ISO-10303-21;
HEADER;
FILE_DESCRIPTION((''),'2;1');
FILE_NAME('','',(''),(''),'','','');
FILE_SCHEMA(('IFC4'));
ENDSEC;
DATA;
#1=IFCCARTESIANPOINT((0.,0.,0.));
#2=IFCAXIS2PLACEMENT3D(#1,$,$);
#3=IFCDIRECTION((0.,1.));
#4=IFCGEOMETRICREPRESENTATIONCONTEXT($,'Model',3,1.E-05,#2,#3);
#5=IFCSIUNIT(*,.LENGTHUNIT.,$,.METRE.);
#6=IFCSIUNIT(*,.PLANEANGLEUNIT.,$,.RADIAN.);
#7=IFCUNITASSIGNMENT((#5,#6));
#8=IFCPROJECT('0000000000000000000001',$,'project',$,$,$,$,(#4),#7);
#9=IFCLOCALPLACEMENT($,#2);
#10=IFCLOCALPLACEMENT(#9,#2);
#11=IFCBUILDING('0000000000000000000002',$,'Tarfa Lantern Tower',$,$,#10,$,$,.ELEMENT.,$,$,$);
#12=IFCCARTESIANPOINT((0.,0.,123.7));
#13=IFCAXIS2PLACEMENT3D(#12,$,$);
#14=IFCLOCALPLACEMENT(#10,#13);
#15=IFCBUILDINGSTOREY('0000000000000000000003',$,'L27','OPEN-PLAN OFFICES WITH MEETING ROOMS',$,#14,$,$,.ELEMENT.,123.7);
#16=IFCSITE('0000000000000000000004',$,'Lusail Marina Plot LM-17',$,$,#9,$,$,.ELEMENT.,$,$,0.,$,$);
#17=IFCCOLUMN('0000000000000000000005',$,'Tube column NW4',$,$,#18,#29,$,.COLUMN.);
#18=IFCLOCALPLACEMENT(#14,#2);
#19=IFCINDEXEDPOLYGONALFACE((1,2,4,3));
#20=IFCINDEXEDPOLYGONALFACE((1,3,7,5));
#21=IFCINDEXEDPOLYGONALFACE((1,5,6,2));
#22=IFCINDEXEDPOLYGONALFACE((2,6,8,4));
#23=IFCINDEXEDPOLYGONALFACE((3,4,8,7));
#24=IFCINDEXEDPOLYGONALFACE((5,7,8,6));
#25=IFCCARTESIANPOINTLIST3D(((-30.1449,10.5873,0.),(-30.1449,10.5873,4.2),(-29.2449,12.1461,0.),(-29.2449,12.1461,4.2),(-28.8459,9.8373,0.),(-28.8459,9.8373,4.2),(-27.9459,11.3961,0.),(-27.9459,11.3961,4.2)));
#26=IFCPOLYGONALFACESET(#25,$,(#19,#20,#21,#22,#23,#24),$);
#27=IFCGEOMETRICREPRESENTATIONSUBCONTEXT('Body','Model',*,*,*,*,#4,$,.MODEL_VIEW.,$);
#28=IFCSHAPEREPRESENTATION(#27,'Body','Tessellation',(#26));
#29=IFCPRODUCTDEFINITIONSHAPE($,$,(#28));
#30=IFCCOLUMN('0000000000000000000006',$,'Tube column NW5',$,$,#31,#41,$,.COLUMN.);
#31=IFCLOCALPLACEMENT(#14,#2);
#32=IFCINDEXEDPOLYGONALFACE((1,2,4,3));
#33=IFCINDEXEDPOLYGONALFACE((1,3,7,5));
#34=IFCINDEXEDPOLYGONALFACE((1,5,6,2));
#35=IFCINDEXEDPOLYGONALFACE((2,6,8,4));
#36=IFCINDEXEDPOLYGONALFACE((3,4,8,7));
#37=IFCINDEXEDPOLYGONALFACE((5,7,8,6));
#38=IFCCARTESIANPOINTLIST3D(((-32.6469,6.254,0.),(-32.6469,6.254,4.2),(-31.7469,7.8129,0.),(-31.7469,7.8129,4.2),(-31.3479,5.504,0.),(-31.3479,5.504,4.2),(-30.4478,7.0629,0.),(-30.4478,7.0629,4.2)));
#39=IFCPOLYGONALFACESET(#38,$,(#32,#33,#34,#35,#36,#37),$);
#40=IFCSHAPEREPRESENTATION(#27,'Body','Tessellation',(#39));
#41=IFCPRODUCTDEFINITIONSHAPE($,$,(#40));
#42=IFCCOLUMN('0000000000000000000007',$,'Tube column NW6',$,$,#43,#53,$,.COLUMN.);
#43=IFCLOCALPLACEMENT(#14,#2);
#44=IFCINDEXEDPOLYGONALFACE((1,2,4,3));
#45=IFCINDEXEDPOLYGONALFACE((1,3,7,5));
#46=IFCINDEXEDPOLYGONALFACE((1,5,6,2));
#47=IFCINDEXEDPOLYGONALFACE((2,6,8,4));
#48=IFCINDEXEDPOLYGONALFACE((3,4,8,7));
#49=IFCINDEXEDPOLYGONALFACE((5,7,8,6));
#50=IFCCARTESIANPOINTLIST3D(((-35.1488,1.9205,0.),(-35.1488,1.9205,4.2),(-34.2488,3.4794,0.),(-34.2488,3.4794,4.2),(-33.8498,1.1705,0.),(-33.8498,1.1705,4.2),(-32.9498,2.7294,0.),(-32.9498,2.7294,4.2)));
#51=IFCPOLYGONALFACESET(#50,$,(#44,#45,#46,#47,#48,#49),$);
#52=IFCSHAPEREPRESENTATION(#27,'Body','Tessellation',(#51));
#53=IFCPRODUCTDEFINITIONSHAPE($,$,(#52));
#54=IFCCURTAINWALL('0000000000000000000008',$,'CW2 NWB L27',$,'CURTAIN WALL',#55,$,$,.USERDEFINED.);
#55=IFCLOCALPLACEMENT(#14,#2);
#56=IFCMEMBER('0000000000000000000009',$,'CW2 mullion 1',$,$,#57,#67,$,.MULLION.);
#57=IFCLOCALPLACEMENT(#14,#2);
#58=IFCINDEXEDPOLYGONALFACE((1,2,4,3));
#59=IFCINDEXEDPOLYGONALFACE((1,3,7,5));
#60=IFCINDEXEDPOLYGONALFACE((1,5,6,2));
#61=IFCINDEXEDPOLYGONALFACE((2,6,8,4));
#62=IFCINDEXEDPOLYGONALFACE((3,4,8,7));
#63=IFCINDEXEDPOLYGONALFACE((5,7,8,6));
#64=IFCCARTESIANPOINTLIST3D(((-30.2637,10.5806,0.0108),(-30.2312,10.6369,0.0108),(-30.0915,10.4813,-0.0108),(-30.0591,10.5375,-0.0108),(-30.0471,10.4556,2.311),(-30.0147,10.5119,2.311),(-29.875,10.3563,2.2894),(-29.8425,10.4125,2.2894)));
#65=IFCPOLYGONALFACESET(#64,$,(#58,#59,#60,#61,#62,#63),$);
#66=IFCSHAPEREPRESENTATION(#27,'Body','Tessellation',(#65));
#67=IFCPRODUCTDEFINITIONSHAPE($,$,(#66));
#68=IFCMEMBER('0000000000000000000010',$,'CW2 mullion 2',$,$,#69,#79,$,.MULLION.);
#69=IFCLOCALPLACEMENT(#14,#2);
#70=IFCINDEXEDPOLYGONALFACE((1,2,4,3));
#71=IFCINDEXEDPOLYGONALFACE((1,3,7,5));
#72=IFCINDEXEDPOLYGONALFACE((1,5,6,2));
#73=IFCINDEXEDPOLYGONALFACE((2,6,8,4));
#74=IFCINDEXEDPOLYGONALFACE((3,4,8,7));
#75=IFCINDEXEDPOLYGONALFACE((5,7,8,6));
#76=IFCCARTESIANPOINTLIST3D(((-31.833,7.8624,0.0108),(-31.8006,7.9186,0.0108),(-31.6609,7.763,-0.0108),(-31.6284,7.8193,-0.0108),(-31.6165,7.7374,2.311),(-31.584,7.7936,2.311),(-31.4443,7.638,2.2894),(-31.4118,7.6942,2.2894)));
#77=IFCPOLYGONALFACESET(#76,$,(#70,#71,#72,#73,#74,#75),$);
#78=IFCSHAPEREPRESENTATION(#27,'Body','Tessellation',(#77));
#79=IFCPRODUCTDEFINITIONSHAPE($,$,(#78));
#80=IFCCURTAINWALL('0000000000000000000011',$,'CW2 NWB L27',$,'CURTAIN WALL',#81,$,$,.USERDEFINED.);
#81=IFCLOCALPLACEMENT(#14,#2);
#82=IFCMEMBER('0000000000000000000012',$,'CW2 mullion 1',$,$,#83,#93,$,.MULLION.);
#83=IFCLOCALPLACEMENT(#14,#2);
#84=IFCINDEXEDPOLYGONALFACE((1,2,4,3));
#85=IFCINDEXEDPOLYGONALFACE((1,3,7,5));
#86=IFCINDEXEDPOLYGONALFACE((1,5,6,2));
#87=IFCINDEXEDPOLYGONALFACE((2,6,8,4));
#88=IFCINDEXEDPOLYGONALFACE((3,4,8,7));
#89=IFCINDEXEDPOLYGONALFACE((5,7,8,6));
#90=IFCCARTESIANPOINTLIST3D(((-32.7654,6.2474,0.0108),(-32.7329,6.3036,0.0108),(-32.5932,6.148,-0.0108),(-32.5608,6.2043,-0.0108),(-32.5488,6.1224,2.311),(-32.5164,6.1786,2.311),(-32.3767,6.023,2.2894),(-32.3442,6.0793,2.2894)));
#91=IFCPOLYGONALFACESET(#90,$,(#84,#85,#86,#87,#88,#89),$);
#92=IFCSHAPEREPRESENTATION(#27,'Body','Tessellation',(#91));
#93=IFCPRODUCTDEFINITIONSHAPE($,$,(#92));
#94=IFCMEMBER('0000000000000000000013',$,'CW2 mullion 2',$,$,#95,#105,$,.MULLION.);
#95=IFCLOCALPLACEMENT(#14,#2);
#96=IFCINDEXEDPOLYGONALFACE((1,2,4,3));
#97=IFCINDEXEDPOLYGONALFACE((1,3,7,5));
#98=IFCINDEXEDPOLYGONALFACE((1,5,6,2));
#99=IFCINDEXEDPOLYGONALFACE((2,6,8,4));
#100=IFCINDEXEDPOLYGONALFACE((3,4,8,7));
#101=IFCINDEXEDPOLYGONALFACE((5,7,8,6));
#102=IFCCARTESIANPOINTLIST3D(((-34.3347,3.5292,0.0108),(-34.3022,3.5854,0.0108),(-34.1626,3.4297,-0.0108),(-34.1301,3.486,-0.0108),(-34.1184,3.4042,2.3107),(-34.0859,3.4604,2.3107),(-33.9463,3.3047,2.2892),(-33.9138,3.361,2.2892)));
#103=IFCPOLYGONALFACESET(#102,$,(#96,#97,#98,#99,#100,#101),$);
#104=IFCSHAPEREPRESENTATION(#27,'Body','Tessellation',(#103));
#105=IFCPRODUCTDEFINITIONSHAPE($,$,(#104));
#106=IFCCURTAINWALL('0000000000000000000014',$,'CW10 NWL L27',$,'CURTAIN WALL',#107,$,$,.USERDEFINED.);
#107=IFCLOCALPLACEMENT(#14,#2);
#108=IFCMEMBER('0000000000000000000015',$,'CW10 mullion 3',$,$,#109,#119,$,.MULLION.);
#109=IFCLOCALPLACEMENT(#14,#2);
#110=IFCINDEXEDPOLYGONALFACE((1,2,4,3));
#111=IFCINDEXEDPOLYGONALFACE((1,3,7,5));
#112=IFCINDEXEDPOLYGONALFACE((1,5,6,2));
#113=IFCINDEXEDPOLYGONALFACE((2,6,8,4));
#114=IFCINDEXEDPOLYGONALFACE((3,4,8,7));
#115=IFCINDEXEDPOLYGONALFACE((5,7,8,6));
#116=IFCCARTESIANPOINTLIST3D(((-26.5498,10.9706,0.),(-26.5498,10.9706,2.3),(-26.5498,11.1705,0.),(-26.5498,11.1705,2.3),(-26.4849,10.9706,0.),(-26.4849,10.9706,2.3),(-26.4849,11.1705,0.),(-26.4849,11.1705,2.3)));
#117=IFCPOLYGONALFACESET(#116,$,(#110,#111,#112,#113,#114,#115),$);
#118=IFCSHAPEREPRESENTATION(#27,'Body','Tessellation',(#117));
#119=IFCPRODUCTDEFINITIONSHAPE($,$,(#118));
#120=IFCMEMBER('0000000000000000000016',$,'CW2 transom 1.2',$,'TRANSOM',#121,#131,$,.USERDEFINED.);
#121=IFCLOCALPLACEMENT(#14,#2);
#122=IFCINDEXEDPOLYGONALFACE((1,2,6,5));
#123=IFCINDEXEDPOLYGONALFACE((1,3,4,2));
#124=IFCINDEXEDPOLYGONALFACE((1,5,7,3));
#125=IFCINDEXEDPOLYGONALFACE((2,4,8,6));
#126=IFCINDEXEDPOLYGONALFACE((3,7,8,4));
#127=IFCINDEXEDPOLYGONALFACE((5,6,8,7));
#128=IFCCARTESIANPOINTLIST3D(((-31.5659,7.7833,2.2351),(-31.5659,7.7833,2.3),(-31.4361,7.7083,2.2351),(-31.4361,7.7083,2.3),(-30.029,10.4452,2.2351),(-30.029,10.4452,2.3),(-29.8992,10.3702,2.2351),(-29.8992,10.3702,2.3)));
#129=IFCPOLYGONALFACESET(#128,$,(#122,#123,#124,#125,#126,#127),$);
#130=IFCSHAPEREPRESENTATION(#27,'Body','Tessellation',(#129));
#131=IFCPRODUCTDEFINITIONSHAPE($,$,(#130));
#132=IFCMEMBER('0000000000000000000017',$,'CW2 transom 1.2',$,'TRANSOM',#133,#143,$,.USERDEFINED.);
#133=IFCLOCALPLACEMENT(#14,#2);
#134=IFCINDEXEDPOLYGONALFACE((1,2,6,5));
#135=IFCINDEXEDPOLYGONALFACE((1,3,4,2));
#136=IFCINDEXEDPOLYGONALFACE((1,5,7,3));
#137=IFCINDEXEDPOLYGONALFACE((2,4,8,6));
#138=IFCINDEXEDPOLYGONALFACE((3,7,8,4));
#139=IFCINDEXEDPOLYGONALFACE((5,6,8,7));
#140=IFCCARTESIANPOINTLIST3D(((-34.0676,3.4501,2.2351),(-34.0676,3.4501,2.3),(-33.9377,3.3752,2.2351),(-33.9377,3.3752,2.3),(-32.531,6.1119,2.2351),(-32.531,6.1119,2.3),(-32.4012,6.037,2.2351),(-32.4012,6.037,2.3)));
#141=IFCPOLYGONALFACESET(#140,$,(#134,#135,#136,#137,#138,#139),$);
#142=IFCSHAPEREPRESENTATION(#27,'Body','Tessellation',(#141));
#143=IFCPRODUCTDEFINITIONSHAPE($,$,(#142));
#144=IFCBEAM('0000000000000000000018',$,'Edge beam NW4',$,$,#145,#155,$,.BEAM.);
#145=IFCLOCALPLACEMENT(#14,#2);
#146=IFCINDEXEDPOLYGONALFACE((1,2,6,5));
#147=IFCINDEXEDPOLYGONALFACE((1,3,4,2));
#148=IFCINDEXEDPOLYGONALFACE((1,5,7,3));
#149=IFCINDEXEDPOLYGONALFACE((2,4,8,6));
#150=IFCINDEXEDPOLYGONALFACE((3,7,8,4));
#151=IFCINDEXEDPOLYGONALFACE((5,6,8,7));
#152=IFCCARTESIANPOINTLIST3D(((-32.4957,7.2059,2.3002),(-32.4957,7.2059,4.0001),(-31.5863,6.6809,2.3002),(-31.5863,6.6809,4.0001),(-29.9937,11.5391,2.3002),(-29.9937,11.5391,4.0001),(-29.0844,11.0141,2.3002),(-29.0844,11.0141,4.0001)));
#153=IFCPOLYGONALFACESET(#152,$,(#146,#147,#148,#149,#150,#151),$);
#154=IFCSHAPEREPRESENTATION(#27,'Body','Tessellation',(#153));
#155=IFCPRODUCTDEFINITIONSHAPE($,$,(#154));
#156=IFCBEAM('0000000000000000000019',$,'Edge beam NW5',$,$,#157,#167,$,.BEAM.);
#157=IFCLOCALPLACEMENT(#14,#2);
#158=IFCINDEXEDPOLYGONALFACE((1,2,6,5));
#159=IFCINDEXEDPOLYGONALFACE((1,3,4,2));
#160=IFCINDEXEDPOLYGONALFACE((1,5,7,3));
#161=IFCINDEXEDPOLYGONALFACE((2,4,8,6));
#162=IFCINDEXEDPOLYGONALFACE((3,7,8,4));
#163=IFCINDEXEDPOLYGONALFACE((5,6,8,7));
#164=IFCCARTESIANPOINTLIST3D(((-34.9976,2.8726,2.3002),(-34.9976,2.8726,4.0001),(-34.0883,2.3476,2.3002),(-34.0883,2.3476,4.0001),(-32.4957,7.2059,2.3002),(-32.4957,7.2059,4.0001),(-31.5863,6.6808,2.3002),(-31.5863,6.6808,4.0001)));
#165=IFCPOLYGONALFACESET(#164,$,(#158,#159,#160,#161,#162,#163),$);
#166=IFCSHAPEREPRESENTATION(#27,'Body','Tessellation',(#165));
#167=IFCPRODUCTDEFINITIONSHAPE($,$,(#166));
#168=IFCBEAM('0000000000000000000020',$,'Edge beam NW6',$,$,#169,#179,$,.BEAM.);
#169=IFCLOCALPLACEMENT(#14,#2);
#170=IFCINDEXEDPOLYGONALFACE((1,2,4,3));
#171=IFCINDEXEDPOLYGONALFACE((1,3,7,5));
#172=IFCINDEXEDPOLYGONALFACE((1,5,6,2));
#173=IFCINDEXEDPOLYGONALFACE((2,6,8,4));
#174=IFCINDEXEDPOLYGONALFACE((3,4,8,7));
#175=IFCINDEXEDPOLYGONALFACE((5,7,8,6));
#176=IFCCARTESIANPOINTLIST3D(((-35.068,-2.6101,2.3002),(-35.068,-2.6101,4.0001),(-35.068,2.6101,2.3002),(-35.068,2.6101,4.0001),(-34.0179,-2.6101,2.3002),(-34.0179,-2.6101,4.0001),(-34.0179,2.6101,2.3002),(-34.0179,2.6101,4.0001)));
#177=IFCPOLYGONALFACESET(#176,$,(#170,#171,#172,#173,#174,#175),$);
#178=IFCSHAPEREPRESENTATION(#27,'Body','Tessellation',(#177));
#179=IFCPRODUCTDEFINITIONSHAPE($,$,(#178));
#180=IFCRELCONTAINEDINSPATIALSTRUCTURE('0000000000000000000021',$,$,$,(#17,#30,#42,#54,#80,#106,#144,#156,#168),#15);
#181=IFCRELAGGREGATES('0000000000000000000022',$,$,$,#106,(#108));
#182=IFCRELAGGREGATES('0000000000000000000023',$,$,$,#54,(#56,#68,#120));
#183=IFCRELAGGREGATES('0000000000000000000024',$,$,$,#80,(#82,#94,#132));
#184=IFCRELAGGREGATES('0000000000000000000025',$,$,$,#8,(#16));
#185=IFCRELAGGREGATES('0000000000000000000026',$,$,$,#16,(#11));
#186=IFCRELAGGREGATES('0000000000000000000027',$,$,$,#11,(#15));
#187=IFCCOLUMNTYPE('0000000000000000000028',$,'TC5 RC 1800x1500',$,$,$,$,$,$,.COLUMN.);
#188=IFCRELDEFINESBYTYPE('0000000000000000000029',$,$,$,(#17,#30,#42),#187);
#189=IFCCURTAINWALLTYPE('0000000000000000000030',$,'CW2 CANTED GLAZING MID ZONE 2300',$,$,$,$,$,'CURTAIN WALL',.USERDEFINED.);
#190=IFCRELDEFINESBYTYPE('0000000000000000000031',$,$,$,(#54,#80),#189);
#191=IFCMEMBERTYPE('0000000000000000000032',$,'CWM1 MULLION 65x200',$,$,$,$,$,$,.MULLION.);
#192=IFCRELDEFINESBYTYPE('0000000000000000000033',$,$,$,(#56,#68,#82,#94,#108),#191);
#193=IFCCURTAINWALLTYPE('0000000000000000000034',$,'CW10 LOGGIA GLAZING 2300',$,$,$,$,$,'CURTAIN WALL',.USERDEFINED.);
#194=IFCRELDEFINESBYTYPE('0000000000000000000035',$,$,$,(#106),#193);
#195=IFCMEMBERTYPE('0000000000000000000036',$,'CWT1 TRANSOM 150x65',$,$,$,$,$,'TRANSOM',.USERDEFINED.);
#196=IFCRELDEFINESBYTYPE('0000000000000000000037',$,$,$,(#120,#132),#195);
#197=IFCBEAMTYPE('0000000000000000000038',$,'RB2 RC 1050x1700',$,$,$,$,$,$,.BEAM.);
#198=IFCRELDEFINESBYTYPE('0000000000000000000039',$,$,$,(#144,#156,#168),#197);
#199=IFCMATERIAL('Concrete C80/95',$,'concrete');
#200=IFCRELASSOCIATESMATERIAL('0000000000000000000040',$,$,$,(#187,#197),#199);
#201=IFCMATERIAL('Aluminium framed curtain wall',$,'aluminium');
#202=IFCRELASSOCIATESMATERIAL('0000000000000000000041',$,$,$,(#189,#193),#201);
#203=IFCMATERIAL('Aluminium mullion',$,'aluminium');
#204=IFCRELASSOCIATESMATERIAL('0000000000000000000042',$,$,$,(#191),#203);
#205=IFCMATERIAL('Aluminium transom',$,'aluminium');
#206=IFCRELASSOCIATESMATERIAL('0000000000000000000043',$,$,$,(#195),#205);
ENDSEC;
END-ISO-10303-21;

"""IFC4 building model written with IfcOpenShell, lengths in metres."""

from ifc_helpers import new_model, si_unit, direction, frame, origin, origin_2d, place, context, subcontext, project, spatial, rectangle, extrude, material, material_profile, profile_set, type_object, element, aggregate, save


model = new_model("IFC4")

# Units and contexts
model_context = context("Model", 3, precision=1e-05, world=origin(), true_north=direction((0.0, 1.0)))
body_context = subcontext(model_context, "Body", "Model", "MODEL_VIEW")
ifc_project = project(units=[si_unit("LENGTHUNIT", "METRE"), si_unit("PLANEANGLEUNIT", "RADIAN")], contexts=[model_context])

# Site, building, storey
site_placement = place(None, origin())
site = spatial("IfcSite", under=ifc_project, at=site_placement, Name="Lusail Marina Plot LM-17", CompositionType="ELEMENT", RefElevation=0.0)
building_placement = place(site_placement, origin())
building = spatial("IfcBuilding", under=site, at=building_placement, Name="Tarfa Lantern Tower", CompositionType="ELEMENT")
storey_placement = place(building_placement, frame((0.0, 0.0, 123.7)))
storey = spatial("IfcBuildingStorey", under=building, at=storey_placement, Name="L27", Description="OPEN-PLAN OFFICES WITH MEETING ROOMS", CompositionType="ELEMENT", Elevation=123.7)

# Columns
ifc_material_1 = material(Name="Concrete C80/95", Category="concrete")
ifc_material_profile_1 = material_profile(ifc_material_1, rectangle(XDim=1.8, YDim=1.5, at=origin_2d()), Name="RC 1800x1500")
ifc_profile_set_1 = profile_set([ifc_material_profile_1], Name="Concrete C80/95")
column_type = type_object("IfcColumnType", Name="TC5 RC 1800x1500", PredefinedType="COLUMN", material=ifc_profile_set_1)
for number, where, z_axis, x_axis, name in (
    (1, (-29.0454, 10.9917, 0.0), (0.0, 0.0, 1.0), (-0.5, -0.866025, 0.0), "Tube column NW4"),
    (2, (-31.5474, 6.6584, 0.0), (0.0, 0.0, 1.0), (-0.5, -0.866025, 0.0), "Tube column NW5"),
    (3, (-34.0493, 2.325, 0.0), (0.0, 0.0, 1.0), (-0.5, -0.866025, 0.0), "Tube column NW6"),
):
    element("IfcColumn", number, at=place(storey_placement, frame(where, z_axis=z_axis, x_axis=x_axis)), inside=storey, type_object=column_type, Name=name, PredefinedType="COLUMN", context=body_context, shape_type="SweptSolid", body=[
        extrude(rectangle(XDim=1.8, YDim=1.5, at=origin_2d()), origin(), (0.0, 0.0, 1.0), 4.2),
    ])

# Curtain walls, members
ifc_material_2 = material(Name="Aluminium framed curtain wall", Category="aluminium")
curtain_wall_type_1 = type_object("IfcCurtainWallType", Name="CW2 CANTED GLAZING MID ZONE 2300", ElementType="CURTAIN WALL", PredefinedType="USERDEFINED", material=ifc_material_2)
curtain_wall_1_placement = place(storey_placement, origin())
curtain_wall_1 = element("IfcCurtainWall", 4, at=curtain_wall_1_placement, inside=storey, type_object=curtain_wall_type_1, Name="CW2 NWB L27", ObjectType="CURTAIN WALL", PredefinedType="USERDEFINED")
ifc_material_3 = material(Name="Aluminium mullion", Category="aluminium")
ifc_material_profile_2 = material_profile(ifc_material_3, rectangle(XDim=0.0649, YDim=0.2, at=origin_2d()), Name="AL MULLION 65x200")
ifc_profile_set_2 = profile_set([ifc_material_profile_2], Name="Aluminium mullion")
member_type_1 = type_object("IfcMemberType", Name="CWM1 MULLION 65x200", PredefinedType="MULLION", material=ifc_profile_set_2)
member_1_placement = place(storey_placement, frame((-30.1614, 10.5591, 0.0), z_axis=(0.0936, -0.054028, 0.994143), x_axis=(0.49992, 0.866072, 0.0)))
member_1 = element("IfcMember", 5, at=member_1_placement, type_object=member_type_1, Name="CW2 mullion 1", PredefinedType="MULLION", context=body_context, shape_type="SweptSolid", body=[
    extrude(rectangle(XDim=0.0649, YDim=0.2, at=origin_2d()), origin(), (0.0, 0.0, 1.0), 2.3137),
])
member_2_placement = place(storey_placement, frame((-31.7307, 7.8408, 0.0), z_axis=(0.0936, -0.054028, 0.994143), x_axis=(0.49992, 0.866072, 0.0)))
member_2 = element("IfcMember", 6, at=member_2_placement, type_object=member_type_1, Name="CW2 mullion 2", PredefinedType="MULLION", context=body_context, shape_type="SweptSolid", body=[
    extrude(rectangle(XDim=0.0649, YDim=0.2, at=origin_2d()), origin(), (0.0, 0.0, 1.0), 2.3137),
])
curtain_wall_2_placement = place(storey_placement, origin())
curtain_wall_2 = element("IfcCurtainWall", 7, at=curtain_wall_2_placement, inside=storey, type_object=curtain_wall_type_1, Name="CW2 NWB L27", ObjectType="CURTAIN WALL", PredefinedType="USERDEFINED")
member_3_placement = place(storey_placement, frame((-32.6631, 6.2258, 0.0), z_axis=(0.0936, -0.054028, 0.994143), x_axis=(0.49992, 0.866072, 0.0)))
member_3 = element("IfcMember", 8, at=member_3_placement, type_object=member_type_1, Name="CW2 mullion 1", PredefinedType="MULLION", context=body_context, shape_type="SweptSolid", body=[
    extrude(rectangle(XDim=0.0649, YDim=0.2, at=origin_2d()), origin(), (0.0, 0.0, 1.0), 2.3137),
])
member_4_placement = place(storey_placement, frame((-34.2324, 3.5076, 0.0), z_axis=(0.093495, -0.054029, 0.994153), x_axis=(0.500343, 0.865827, 0.0)))
member_4 = element("IfcMember", 9, at=member_4_placement, type_object=member_type_1, Name="CW2 mullion 2", PredefinedType="MULLION", context=body_context, shape_type="SweptSolid", body=[
    extrude(rectangle(XDim=0.0649, YDim=0.2, at=origin_2d()), origin(), (0.0, 0.0, 1.0), 2.3135),
])

# Curtain wall, member
curtain_wall_type_2 = type_object("IfcCurtainWallType", Name="CW10 LOGGIA GLAZING 2300", ElementType="CURTAIN WALL", PredefinedType="USERDEFINED", material=ifc_material_2)
curtain_wall_3_placement = place(storey_placement, origin())
curtain_wall_3 = element("IfcCurtainWall", 10, at=curtain_wall_3_placement, inside=storey, type_object=curtain_wall_type_2, Name="CW10 NWL L27", ObjectType="CURTAIN WALL", PredefinedType="USERDEFINED")
member_5_placement = place(storey_placement, frame((-26.5173, 11.0706, 0.0), z_axis=(0.0, 0.0, 1.0), x_axis=(1.0, 0.0, 0.0)))
member_5 = element("IfcMember", 11, at=member_5_placement, type_object=member_type_1, Name="CW10 mullion 3", PredefinedType="MULLION", context=body_context, shape_type="SweptSolid", body=[
    extrude(rectangle(XDim=0.0649, YDim=0.2, at=origin_2d()), origin(), (0.0, 0.0, 1.0), 2.3),
])
aggregate(curtain_wall_3, [member_5])

# Members
ifc_material_4 = material(Name="Aluminium transom", Category="aluminium")
ifc_material_profile_3 = material_profile(ifc_material_4, rectangle(XDim=0.1499, YDim=0.0649, at=origin_2d()), Name="AL TRANSOM 150x65")
ifc_profile_set_3 = profile_set([ifc_material_profile_3], Name="Aluminium transom")
member_type_2 = type_object("IfcMemberType", Name="CWT1 TRANSOM 150x65", ElementType="TRANSOM", PredefinedType="USERDEFINED", material=ifc_profile_set_3)
member_6_placement = place(storey_placement, frame((-29.9641, 10.4077, 2.2676), z_axis=(-0.500009, -0.86602, 0.0), x_axis=(0.86602, -0.500009, 0.0)))
member_6 = element("IfcMember", 12, at=member_6_placement, type_object=member_type_2, Name="CW2 transom 1.2", ObjectType="TRANSOM", PredefinedType="USERDEFINED", context=body_context, shape_type="SweptSolid", body=[
    extrude(rectangle(XDim=0.1499, YDim=0.0649, at=origin_2d()), origin(), (0.0, 0.0, 1.0), 3.0737),
])
member_7_placement = place(storey_placement, frame((-32.4661, 6.0745, 2.2676), z_axis=(-0.499949, -0.866055, 0.0), x_axis=(0.866055, -0.499949, 0.0)))
member_7 = element("IfcMember", 13, at=member_7_placement, type_object=member_type_2, Name="CW2 transom 1.2", ObjectType="TRANSOM", PredefinedType="USERDEFINED", context=body_context, shape_type="SweptSolid", body=[
    extrude(rectangle(XDim=0.1499, YDim=0.0649, at=origin_2d()), origin(), (0.0, 0.0, 1.0), 3.0735),
])

# Beams
ifc_material_profile_4 = material_profile(ifc_material_1, rectangle(XDim=1.05, YDim=1.7, at=origin_2d()), Name="RC 1050x1700")
ifc_profile_set_4 = profile_set([ifc_material_profile_4], Name="Concrete C80/95")
beam_type_1 = type_object("IfcBeamType", Name="RB2 RC 1050x1700", PredefinedType="BEAM", material=ifc_profile_set_4)
for number, where, z_axis, x_axis, name in (
    (14, (-29.5391, 11.2766, 3.1501), (-0.500022, -0.866013, 0.0), (0.866013, -0.500022, 0.0), "Edge beam NW4"),
    (15, (-32.041, 6.9434, 3.1501), (-0.500022, -0.866013, 0.0), (0.866013, -0.500022, 0.0), "Edge beam NW5"),
):
    element("IfcBeam", number, at=place(storey_placement, frame(where, z_axis=z_axis, x_axis=x_axis)), inside=storey, type_object=beam_type_1, Name=name, PredefinedType="BEAM", context=body_context, shape_type="SweptSolid", body=[
        extrude(rectangle(XDim=1.05, YDim=1.7, at=origin_2d()), origin(), (0.0, 0.0, 1.0), 5.0037),
    ])
beam_1_placement = place(storey_placement, frame((-34.543, 2.6101, 3.1501), z_axis=(0.0, -1.0, 0.0), x_axis=(1.0, 0.0, 0.0)))
element("IfcBeam", 16, at=beam_1_placement, inside=storey, type_object=beam_type_1, Name="Edge beam NW6", PredefinedType="BEAM", context=body_context, shape_type="SweptSolid", body=[
    extrude(rectangle(XDim=1.05, YDim=1.7, at=origin_2d()), origin(), (0.0, 0.0, 1.0), 5.2202),
])

aggregate(curtain_wall_1, [member_1, member_2, member_6])
aggregate(curtain_wall_2, [member_3, member_4, member_7])

save(model, "model.ifc")
